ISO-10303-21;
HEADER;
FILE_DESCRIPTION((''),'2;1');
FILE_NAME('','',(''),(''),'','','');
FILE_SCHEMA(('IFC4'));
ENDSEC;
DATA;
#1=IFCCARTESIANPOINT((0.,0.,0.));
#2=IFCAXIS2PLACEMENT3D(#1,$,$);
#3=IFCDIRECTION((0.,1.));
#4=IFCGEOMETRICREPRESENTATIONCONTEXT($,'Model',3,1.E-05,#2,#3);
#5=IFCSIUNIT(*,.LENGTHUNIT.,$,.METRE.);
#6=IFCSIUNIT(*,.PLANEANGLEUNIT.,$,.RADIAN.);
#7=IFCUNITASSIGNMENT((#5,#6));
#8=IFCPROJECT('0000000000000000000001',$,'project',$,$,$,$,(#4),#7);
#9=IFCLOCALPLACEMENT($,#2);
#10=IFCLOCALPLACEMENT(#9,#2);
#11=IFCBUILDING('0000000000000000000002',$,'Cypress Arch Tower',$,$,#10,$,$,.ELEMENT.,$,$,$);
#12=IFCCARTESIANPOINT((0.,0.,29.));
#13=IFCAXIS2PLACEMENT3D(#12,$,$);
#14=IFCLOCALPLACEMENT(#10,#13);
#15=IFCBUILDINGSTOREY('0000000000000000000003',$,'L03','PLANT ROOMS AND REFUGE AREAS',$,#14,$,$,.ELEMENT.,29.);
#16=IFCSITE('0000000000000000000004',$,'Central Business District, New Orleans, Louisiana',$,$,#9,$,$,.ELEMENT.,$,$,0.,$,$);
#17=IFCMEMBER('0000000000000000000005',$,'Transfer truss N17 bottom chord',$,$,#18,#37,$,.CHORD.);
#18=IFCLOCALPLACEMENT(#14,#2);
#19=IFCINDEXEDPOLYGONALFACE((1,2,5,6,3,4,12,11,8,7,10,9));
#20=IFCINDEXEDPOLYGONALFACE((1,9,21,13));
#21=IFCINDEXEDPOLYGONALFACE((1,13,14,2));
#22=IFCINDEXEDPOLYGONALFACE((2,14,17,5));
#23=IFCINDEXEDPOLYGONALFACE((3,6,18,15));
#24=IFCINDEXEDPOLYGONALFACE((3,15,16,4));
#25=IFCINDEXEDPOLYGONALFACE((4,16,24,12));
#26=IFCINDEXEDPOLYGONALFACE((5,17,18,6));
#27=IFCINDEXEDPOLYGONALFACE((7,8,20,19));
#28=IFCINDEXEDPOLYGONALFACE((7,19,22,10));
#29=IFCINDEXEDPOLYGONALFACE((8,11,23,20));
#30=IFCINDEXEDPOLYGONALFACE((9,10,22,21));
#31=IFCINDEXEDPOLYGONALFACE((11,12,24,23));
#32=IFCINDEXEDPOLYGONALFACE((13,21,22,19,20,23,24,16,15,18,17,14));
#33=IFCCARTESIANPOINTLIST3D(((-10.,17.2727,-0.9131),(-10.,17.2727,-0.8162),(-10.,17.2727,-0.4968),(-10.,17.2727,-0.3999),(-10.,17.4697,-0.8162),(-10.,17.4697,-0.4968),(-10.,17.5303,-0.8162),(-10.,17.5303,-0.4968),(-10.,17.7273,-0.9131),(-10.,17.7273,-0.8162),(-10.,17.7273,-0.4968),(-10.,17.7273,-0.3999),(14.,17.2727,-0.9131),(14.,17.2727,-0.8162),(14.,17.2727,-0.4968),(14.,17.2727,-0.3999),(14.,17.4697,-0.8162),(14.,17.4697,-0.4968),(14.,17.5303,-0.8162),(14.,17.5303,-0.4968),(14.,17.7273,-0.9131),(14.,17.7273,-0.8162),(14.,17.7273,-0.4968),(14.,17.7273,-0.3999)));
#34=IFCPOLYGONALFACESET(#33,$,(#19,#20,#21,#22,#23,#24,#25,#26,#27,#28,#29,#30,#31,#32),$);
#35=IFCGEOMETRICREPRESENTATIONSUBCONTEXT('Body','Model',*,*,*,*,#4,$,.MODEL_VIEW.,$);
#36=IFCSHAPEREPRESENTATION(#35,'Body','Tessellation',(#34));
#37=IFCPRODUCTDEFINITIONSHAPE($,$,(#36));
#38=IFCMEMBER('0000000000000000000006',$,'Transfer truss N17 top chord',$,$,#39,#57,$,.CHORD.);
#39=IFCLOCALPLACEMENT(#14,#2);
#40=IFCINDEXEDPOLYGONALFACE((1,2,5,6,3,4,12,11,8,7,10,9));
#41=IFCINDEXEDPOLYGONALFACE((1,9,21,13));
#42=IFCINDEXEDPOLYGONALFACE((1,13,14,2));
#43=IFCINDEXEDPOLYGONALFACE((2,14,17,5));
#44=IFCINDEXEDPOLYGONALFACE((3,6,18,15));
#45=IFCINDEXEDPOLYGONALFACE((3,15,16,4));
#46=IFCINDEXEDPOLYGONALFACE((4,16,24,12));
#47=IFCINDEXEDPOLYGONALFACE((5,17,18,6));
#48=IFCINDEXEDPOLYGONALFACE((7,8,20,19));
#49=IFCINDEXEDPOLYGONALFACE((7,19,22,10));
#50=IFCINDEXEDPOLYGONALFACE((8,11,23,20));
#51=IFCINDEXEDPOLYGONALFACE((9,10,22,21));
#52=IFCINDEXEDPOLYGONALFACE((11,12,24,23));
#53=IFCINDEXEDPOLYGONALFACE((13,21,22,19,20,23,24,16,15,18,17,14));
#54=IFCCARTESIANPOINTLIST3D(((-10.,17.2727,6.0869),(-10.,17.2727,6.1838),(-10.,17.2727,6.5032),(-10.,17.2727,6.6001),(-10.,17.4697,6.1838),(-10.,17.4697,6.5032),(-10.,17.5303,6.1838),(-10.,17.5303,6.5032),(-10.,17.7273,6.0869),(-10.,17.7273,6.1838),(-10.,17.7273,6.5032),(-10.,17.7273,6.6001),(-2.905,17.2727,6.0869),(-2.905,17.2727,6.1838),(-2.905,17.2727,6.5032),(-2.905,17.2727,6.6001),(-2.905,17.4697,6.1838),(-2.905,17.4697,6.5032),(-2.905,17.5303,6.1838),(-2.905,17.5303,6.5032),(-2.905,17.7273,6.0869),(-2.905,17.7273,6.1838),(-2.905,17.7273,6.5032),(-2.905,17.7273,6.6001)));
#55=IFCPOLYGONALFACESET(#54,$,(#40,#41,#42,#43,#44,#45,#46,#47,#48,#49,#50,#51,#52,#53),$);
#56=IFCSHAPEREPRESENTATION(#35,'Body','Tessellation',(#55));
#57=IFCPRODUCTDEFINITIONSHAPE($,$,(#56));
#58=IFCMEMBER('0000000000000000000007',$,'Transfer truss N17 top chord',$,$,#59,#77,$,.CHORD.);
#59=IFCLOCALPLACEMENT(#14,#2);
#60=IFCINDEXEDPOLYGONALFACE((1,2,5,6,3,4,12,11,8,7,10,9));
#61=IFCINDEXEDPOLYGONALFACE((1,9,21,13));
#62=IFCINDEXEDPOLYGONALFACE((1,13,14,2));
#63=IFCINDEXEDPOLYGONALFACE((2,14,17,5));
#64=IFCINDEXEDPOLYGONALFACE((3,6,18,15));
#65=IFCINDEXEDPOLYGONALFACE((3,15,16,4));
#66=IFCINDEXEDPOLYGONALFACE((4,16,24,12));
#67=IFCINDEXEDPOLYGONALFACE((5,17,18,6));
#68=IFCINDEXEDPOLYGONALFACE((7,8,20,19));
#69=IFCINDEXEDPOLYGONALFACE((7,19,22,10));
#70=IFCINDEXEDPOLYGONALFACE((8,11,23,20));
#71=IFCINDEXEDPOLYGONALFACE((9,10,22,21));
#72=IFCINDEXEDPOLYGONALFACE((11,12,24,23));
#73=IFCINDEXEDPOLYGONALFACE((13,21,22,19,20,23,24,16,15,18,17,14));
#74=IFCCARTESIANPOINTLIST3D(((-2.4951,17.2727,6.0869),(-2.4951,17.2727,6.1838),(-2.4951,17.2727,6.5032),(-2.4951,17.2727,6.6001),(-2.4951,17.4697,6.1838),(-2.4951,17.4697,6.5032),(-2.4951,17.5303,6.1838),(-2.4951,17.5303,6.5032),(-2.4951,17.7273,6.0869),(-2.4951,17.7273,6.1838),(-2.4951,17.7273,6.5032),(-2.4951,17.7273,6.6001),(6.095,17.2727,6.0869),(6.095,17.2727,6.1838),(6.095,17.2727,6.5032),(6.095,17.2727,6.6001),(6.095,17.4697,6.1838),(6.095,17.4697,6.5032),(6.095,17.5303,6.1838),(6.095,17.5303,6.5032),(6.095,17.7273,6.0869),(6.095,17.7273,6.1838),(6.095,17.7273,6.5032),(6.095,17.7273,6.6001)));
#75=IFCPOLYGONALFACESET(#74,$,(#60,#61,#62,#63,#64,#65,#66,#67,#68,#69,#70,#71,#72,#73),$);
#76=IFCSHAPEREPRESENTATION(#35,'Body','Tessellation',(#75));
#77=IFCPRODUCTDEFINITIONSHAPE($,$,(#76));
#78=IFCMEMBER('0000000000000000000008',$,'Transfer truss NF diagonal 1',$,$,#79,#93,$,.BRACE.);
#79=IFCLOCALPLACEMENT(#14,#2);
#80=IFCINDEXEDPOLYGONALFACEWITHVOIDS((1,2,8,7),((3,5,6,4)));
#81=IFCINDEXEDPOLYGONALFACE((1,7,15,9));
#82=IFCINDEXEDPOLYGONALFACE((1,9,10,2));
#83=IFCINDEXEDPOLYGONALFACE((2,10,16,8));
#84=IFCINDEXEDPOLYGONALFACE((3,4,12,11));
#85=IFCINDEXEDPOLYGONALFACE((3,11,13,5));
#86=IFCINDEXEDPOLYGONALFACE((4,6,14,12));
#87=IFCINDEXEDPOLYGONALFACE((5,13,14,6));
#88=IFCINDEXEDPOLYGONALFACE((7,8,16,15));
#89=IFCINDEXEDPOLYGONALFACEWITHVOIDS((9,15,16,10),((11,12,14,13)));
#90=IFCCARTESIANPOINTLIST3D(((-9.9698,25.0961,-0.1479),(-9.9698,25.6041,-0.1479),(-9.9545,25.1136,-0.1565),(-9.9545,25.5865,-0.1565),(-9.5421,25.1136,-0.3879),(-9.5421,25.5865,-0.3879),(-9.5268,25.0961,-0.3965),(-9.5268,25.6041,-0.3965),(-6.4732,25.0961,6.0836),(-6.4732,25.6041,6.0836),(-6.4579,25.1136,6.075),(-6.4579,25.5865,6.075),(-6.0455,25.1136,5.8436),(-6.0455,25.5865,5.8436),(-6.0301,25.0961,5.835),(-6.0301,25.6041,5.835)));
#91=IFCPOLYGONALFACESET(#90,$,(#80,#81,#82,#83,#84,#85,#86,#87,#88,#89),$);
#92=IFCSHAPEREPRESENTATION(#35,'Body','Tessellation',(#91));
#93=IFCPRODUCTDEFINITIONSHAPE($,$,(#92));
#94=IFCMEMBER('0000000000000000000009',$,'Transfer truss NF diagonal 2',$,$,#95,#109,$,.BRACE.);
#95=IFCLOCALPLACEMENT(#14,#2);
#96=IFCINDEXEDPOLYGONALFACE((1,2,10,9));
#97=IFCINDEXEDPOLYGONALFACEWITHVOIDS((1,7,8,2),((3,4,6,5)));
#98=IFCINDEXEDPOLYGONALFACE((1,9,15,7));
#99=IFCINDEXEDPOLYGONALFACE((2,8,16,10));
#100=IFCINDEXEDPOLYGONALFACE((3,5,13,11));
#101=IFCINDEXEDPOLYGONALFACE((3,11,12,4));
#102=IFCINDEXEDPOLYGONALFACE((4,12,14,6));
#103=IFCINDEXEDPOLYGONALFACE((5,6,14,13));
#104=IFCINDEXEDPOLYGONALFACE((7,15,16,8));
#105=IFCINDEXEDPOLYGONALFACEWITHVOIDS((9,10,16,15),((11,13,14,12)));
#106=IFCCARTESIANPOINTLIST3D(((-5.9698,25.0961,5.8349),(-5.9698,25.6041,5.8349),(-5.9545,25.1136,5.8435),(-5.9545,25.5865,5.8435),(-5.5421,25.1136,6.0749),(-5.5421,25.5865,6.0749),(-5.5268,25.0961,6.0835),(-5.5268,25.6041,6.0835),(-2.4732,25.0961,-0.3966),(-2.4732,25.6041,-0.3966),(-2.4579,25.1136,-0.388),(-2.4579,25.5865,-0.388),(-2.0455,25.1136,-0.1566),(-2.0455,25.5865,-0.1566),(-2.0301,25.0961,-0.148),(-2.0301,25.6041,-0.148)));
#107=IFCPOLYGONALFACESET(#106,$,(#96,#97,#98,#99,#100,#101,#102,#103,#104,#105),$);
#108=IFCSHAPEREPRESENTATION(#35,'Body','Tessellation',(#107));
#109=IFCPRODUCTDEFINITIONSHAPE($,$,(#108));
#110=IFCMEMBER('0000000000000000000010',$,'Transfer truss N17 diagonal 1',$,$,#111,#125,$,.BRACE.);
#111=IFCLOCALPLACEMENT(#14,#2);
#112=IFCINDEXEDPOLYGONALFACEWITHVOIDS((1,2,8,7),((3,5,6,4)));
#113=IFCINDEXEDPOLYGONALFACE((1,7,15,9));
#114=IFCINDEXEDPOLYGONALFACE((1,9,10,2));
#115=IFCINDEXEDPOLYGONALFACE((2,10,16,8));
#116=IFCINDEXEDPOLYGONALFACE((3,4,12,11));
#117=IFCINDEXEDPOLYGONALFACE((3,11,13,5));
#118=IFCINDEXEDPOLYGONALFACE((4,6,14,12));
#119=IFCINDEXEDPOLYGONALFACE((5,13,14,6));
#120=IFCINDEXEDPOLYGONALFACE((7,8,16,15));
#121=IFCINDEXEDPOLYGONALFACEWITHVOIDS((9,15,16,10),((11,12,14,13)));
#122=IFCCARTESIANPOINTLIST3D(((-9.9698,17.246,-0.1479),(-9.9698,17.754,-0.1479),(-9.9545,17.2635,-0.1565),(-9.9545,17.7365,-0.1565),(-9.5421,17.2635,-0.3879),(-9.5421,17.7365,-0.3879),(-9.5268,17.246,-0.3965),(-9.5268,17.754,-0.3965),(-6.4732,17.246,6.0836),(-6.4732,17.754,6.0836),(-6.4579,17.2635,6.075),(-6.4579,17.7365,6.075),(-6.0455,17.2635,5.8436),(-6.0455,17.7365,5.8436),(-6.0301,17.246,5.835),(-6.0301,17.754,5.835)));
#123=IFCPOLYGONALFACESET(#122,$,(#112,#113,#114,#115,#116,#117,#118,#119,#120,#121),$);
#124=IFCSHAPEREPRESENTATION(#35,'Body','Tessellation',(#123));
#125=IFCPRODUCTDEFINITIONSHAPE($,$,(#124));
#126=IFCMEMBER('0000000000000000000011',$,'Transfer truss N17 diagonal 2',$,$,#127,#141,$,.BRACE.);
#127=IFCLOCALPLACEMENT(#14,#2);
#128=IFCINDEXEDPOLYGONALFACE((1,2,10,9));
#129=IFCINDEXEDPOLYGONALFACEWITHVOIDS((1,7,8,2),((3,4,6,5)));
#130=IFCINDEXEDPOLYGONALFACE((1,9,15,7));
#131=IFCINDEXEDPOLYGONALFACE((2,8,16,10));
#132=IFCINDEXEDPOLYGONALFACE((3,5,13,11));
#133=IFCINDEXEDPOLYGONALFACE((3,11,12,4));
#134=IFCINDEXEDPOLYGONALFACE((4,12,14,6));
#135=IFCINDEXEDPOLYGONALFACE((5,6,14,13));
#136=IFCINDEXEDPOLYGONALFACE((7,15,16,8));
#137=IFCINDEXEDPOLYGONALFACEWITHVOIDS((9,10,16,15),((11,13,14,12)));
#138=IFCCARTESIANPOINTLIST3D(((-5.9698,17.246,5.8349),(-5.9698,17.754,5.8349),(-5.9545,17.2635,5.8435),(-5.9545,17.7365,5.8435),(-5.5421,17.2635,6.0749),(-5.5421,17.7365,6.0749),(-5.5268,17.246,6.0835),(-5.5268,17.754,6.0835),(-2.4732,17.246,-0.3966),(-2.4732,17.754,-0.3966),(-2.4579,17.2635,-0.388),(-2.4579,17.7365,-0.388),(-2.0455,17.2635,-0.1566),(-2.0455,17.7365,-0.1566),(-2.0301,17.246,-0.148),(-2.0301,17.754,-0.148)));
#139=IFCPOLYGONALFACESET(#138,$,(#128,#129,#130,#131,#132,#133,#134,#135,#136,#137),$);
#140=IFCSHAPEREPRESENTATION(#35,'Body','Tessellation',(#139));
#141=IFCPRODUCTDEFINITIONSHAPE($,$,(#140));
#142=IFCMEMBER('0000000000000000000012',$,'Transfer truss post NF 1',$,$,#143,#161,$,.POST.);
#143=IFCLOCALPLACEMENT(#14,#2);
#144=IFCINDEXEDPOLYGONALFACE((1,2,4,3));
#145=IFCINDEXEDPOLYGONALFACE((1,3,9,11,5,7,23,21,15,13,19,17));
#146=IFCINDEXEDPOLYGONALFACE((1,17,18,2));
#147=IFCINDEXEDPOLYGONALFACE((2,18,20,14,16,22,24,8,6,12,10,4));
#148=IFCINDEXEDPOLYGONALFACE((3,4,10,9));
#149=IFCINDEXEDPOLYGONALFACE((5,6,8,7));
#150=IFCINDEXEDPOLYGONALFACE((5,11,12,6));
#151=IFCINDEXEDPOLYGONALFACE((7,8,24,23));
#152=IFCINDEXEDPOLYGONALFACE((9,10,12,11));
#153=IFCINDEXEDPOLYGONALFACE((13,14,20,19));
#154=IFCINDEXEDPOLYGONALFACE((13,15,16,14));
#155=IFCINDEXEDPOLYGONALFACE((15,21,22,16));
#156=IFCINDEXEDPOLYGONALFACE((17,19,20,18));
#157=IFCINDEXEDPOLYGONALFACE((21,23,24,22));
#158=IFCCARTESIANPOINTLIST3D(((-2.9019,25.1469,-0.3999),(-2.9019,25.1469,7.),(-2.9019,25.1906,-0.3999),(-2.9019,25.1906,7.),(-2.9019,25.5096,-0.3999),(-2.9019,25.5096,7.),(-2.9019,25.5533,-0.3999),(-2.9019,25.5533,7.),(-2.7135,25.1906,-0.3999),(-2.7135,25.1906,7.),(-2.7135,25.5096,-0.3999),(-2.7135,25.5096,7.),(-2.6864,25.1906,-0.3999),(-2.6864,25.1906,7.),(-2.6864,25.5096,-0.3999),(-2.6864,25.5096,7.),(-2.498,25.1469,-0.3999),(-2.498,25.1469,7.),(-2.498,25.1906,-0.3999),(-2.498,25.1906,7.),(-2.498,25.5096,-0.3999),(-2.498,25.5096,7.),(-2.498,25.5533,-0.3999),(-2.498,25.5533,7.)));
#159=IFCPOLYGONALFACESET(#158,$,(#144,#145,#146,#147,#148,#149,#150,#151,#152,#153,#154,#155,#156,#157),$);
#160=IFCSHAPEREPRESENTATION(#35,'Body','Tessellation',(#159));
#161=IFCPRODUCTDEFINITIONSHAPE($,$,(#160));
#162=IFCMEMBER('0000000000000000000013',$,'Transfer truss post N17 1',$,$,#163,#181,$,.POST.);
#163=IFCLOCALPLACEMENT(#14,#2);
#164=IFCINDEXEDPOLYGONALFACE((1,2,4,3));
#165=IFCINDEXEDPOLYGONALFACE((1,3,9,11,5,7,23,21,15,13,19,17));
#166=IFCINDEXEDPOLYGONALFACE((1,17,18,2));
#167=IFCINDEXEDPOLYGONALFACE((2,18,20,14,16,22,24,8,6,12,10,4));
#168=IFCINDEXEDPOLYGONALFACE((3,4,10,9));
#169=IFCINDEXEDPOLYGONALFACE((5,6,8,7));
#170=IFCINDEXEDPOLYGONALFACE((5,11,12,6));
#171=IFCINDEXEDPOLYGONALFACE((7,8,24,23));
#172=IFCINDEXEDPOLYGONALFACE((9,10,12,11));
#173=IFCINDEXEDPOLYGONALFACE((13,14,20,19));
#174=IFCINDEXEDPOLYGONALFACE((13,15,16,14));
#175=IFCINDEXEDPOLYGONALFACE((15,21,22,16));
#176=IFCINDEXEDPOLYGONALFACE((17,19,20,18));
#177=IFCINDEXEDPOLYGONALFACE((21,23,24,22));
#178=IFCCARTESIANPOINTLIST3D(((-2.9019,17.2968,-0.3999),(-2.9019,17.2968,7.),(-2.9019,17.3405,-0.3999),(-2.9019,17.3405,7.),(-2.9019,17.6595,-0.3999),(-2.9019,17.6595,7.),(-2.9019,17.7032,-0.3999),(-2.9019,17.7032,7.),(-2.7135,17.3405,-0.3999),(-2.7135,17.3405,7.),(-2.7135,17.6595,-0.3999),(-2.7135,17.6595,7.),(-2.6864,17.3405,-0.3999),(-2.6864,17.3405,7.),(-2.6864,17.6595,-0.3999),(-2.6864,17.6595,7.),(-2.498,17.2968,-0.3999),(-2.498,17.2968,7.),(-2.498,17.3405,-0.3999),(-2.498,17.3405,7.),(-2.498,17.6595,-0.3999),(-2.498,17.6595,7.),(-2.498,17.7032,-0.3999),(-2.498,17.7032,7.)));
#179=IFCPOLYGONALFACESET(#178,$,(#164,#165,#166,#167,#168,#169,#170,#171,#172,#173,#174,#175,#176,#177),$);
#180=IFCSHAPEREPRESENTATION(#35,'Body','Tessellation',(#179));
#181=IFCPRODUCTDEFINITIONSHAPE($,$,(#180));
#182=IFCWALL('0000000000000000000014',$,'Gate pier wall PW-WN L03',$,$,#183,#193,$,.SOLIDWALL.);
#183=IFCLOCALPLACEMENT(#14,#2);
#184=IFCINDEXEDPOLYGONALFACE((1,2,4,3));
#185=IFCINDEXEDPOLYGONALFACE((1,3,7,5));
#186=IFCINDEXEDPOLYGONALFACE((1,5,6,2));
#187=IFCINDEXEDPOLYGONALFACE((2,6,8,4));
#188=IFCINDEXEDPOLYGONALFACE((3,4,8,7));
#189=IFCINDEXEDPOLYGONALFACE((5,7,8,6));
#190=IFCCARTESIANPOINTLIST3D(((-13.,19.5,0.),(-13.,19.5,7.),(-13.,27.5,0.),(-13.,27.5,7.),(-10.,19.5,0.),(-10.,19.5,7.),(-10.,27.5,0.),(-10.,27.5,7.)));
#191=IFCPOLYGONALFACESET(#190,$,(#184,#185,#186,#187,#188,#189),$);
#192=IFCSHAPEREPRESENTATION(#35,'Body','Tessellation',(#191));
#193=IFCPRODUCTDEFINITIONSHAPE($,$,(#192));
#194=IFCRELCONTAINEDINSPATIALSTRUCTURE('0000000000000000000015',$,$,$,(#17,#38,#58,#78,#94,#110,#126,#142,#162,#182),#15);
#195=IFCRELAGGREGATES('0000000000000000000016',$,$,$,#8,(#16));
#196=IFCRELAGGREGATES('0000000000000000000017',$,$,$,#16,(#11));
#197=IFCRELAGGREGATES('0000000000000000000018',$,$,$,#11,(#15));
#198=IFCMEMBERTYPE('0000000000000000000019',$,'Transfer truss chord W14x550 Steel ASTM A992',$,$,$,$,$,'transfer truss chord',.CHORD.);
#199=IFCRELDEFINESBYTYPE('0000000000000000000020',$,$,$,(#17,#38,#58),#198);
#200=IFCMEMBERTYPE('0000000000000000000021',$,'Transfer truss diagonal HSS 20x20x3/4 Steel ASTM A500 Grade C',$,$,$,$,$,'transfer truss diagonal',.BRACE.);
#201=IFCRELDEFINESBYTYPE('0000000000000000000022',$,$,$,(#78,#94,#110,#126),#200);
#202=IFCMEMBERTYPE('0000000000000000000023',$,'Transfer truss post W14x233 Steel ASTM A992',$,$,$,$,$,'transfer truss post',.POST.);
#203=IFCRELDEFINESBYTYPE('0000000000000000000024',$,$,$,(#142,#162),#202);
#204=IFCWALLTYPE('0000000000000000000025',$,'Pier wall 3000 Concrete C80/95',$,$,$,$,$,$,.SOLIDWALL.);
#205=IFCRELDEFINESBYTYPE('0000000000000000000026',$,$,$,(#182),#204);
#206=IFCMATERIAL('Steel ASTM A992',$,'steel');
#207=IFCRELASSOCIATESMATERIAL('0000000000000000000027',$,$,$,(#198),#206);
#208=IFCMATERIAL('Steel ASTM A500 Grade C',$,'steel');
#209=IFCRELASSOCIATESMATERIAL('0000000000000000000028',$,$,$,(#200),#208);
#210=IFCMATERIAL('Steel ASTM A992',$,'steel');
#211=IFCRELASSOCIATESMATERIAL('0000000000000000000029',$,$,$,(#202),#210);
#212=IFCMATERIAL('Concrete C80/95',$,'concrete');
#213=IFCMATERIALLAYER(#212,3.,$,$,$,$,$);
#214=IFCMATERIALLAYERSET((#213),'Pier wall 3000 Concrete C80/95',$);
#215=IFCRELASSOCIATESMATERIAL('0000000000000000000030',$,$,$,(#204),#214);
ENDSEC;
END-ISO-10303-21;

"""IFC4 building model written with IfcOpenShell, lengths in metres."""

from ifc_helpers import new_model, si_unit, direction, frame, frame_2d, origin, origin_2d, place, context, subcontext, project, spatial, rectangle, hollow_rectangle, i_section, extrude, material, layer, layer_set, material_profile, profile_set, type_object, element, save


model = new_model("IFC4")

# Units and contexts
model_context = context("Model", 3, precision=1e-05, world=origin(), true_north=direction((0.0, 1.0)))
body_context = subcontext(model_context, "Body", "Model", "MODEL_VIEW")
ifc_project = project(units=[si_unit("LENGTHUNIT", "METRE"), si_unit("PLANEANGLEUNIT", "RADIAN")], contexts=[model_context])

# Site, building, storey
site_placement = place(None, origin())
site = spatial("IfcSite", under=ifc_project, at=site_placement, Name="Central Business District, New Orleans, Louisiana", CompositionType="ELEMENT", RefElevation=0.0)
building_placement = place(site_placement, origin())
building = spatial("IfcBuilding", under=site, at=building_placement, Name="Cypress Arch Tower", CompositionType="ELEMENT")
storey_placement = place(building_placement, frame((0.0, 0.0, 29.0)))
storey = spatial("IfcBuildingStorey", under=building, at=storey_placement, Name="L03", Description="PLANT ROOMS AND REFUGE AREAS", CompositionType="ELEMENT", Elevation=29.0)

# Members
ifc_material_1 = material(Name="Steel ASTM A992", Category="steel")
ifc_material_profile_1 = material_profile(ifc_material_1, i_section(OverallWidth=0.4546, OverallDepth=0.5132, WebThickness=0.0605, FlangeThickness=0.0969, at=origin_2d()), Name="W14x550")
ifc_profile_set_1 = profile_set([ifc_material_profile_1], Name="Steel ASTM A992")
member_type_1 = type_object("IfcMemberType", Name="Transfer truss chord W14x550 Steel ASTM A992", ElementType="transfer truss chord", PredefinedType="CHORD", material=ifc_profile_set_1)
member_1_placement = place(storey_placement, frame((-10.0, 17.5, -0.6565), z_axis=(1.0, 0.0, 0.0), x_axis=(0.0, 1.0, 0.0)))
element("IfcMember", 1, at=member_1_placement, inside=storey, type_object=member_type_1, Name="Transfer truss N17 bottom chord", PredefinedType="CHORD", context=body_context, shape_type="SweptSolid", body=[
    extrude(i_section(OverallWidth=0.4546, OverallDepth=0.5132, WebThickness=0.0605, FlangeThickness=0.0969, at=origin_2d()), origin(), (0.0, 0.0, 1.0), 24.0),
])
member_2_placement = place(storey_placement, frame((-10.0, 17.5, 6.3435), z_axis=(1.0, 0.0, 0.0), x_axis=(0.0, 1.0, 0.0)))
element("IfcMember", 2, at=member_2_placement, inside=storey, type_object=member_type_1, Name="Transfer truss N17 top chord", PredefinedType="CHORD", context=body_context, shape_type="SweptSolid", body=[
    extrude(i_section(OverallWidth=0.4546, OverallDepth=0.5132, WebThickness=0.0605, FlangeThickness=0.0969, at=origin_2d()), origin(), (0.0, 0.0, 1.0), 7.095),
])
member_3_placement = place(storey_placement, frame((-2.4951, 17.5, 6.3435), z_axis=(1.0, 0.0, 0.0), x_axis=(0.0, 1.0, 0.0)))
element("IfcMember", 3, at=member_3_placement, inside=storey, type_object=member_type_1, Name="Transfer truss N17 top chord", PredefinedType="CHORD", context=body_context, shape_type="SweptSolid", body=[
    extrude(i_section(OverallWidth=0.4546, OverallDepth=0.5132, WebThickness=0.0605, FlangeThickness=0.0969, at=origin_2d()), origin(), (0.0, 0.0, 1.0), 8.5901),
])
ifc_material_2 = material(Name="Steel ASTM A500 Grade C", Category="steel")
ifc_material_profile_2 = material_profile(ifc_material_2, hollow_rectangle(XDim=0.5081, YDim=0.5081, WallThickness=0.0176, at=origin_2d()), Name="HSS 20x20x3/4")
ifc_profile_set_2 = profile_set([ifc_material_profile_2], Name="Steel ASTM A500 Grade C")
member_type_2 = type_object("IfcMemberType", Name="Transfer truss diagonal HSS 20x20x3/4 Steel ASTM A500 Grade C", ElementType="transfer truss diagonal", PredefinedType="BRACE", material=ifc_profile_set_2)
for number, where, z_axis, x_axis, name in (
    (4, (-9.7483, 25.3501, -0.2722), (0.489346, 0.0, 0.87209), (0.0, 1.0, 0.0), "Transfer truss NF diagonal 1"),
    (5, (-5.7483, 25.3501, 5.9592), (0.489346, 0.0, -0.87209), (0.0, 1.0, 0.0), "Transfer truss NF diagonal 2"),
    (6, (-9.7483, 17.5, -0.2722), (0.489346, 0.0, 0.87209), (0.0, 1.0, 0.0), "Transfer truss N17 diagonal 1"),
    (7, (-5.7483, 17.5, 5.9592), (0.489346, 0.0, -0.87209), (0.0, 1.0, 0.0), "Transfer truss N17 diagonal 2"),
):
    element("IfcMember", number, at=place(storey_placement, frame(where, z_axis=z_axis, x_axis=x_axis)), inside=storey, type_object=member_type_2, Name=name, PredefinedType="BRACE", context=body_context, shape_type="SweptSolid", body=[
        extrude(hollow_rectangle(XDim=0.5081, YDim=0.5081, WallThickness=0.0176, at=origin_2d()), origin(), (0.0, 0.0, 1.0), 7.1455),
    ])
ifc_material_3 = material(Name="Steel ASTM A992", Category="steel")
ifc_material_profile_3 = material_profile(ifc_material_3, i_section(OverallWidth=0.4038, OverallDepth=0.4065, WebThickness=0.0271, FlangeThickness=0.0437, at=origin_2d()), Name="W14x233")
ifc_profile_set_3 = profile_set([ifc_material_profile_3], Name="Steel ASTM A992")
member_type_3 = type_object("IfcMemberType", Name="Transfer truss post W14x233 Steel ASTM A992", ElementType="transfer truss post", PredefinedType="POST", material=ifc_profile_set_3)
for number, where, z_axis, x_axis, name in (
    (8, (-2.7, 25.3501, -0.3999), (0.0, 0.0, 1.0), (1.0, 0.0, 0.0), "Transfer truss post NF 1"),
    (9, (-2.7, 17.5, -0.3999), (0.0, 0.0, 1.0), (1.0, 0.0, 0.0), "Transfer truss post N17 1"),
):
    element("IfcMember", number, at=place(storey_placement, frame(where, z_axis=z_axis, x_axis=x_axis)), inside=storey, type_object=member_type_3, Name=name, PredefinedType="POST", context=body_context, shape_type="SweptSolid", body=[
        extrude(i_section(OverallWidth=0.4038, OverallDepth=0.4065, WebThickness=0.0271, FlangeThickness=0.0437, at=origin_2d()), origin(), (0.0, 0.0, 1.0), 7.3999),
    ])

# Wall
ifc_material_4 = material(Name="Concrete C80/95", Category="concrete")
ifc_layer_1 = layer(ifc_material_4, 3.0)
ifc_layer_set_1 = layer_set([ifc_layer_1], Name="Pier wall 3000 Concrete C80/95")
wall_type_1 = type_object("IfcWallType", Name="Pier wall 3000 Concrete C80/95", PredefinedType="SOLIDWALL", material=ifc_layer_set_1)
wall_1_placement = place(storey_placement, frame((-11.5, 19.5, 0.0), z_axis=(0.0, 0.0, 1.0), x_axis=(0.0, 1.0, 0.0)))
element("IfcWall", 10, at=wall_1_placement, inside=storey, type_object=wall_type_1, Name="Gate pier wall PW-WN L03", PredefinedType="SOLIDWALL", context=body_context, shape_type="SweptSolid", body=[
    extrude(rectangle(XDim=8.0, YDim=3.0, at=frame_2d((4.0, 0.0))), origin(), (0.0, 0.0, 1.0), 7.0),
])

save(model, "model.ifc")
